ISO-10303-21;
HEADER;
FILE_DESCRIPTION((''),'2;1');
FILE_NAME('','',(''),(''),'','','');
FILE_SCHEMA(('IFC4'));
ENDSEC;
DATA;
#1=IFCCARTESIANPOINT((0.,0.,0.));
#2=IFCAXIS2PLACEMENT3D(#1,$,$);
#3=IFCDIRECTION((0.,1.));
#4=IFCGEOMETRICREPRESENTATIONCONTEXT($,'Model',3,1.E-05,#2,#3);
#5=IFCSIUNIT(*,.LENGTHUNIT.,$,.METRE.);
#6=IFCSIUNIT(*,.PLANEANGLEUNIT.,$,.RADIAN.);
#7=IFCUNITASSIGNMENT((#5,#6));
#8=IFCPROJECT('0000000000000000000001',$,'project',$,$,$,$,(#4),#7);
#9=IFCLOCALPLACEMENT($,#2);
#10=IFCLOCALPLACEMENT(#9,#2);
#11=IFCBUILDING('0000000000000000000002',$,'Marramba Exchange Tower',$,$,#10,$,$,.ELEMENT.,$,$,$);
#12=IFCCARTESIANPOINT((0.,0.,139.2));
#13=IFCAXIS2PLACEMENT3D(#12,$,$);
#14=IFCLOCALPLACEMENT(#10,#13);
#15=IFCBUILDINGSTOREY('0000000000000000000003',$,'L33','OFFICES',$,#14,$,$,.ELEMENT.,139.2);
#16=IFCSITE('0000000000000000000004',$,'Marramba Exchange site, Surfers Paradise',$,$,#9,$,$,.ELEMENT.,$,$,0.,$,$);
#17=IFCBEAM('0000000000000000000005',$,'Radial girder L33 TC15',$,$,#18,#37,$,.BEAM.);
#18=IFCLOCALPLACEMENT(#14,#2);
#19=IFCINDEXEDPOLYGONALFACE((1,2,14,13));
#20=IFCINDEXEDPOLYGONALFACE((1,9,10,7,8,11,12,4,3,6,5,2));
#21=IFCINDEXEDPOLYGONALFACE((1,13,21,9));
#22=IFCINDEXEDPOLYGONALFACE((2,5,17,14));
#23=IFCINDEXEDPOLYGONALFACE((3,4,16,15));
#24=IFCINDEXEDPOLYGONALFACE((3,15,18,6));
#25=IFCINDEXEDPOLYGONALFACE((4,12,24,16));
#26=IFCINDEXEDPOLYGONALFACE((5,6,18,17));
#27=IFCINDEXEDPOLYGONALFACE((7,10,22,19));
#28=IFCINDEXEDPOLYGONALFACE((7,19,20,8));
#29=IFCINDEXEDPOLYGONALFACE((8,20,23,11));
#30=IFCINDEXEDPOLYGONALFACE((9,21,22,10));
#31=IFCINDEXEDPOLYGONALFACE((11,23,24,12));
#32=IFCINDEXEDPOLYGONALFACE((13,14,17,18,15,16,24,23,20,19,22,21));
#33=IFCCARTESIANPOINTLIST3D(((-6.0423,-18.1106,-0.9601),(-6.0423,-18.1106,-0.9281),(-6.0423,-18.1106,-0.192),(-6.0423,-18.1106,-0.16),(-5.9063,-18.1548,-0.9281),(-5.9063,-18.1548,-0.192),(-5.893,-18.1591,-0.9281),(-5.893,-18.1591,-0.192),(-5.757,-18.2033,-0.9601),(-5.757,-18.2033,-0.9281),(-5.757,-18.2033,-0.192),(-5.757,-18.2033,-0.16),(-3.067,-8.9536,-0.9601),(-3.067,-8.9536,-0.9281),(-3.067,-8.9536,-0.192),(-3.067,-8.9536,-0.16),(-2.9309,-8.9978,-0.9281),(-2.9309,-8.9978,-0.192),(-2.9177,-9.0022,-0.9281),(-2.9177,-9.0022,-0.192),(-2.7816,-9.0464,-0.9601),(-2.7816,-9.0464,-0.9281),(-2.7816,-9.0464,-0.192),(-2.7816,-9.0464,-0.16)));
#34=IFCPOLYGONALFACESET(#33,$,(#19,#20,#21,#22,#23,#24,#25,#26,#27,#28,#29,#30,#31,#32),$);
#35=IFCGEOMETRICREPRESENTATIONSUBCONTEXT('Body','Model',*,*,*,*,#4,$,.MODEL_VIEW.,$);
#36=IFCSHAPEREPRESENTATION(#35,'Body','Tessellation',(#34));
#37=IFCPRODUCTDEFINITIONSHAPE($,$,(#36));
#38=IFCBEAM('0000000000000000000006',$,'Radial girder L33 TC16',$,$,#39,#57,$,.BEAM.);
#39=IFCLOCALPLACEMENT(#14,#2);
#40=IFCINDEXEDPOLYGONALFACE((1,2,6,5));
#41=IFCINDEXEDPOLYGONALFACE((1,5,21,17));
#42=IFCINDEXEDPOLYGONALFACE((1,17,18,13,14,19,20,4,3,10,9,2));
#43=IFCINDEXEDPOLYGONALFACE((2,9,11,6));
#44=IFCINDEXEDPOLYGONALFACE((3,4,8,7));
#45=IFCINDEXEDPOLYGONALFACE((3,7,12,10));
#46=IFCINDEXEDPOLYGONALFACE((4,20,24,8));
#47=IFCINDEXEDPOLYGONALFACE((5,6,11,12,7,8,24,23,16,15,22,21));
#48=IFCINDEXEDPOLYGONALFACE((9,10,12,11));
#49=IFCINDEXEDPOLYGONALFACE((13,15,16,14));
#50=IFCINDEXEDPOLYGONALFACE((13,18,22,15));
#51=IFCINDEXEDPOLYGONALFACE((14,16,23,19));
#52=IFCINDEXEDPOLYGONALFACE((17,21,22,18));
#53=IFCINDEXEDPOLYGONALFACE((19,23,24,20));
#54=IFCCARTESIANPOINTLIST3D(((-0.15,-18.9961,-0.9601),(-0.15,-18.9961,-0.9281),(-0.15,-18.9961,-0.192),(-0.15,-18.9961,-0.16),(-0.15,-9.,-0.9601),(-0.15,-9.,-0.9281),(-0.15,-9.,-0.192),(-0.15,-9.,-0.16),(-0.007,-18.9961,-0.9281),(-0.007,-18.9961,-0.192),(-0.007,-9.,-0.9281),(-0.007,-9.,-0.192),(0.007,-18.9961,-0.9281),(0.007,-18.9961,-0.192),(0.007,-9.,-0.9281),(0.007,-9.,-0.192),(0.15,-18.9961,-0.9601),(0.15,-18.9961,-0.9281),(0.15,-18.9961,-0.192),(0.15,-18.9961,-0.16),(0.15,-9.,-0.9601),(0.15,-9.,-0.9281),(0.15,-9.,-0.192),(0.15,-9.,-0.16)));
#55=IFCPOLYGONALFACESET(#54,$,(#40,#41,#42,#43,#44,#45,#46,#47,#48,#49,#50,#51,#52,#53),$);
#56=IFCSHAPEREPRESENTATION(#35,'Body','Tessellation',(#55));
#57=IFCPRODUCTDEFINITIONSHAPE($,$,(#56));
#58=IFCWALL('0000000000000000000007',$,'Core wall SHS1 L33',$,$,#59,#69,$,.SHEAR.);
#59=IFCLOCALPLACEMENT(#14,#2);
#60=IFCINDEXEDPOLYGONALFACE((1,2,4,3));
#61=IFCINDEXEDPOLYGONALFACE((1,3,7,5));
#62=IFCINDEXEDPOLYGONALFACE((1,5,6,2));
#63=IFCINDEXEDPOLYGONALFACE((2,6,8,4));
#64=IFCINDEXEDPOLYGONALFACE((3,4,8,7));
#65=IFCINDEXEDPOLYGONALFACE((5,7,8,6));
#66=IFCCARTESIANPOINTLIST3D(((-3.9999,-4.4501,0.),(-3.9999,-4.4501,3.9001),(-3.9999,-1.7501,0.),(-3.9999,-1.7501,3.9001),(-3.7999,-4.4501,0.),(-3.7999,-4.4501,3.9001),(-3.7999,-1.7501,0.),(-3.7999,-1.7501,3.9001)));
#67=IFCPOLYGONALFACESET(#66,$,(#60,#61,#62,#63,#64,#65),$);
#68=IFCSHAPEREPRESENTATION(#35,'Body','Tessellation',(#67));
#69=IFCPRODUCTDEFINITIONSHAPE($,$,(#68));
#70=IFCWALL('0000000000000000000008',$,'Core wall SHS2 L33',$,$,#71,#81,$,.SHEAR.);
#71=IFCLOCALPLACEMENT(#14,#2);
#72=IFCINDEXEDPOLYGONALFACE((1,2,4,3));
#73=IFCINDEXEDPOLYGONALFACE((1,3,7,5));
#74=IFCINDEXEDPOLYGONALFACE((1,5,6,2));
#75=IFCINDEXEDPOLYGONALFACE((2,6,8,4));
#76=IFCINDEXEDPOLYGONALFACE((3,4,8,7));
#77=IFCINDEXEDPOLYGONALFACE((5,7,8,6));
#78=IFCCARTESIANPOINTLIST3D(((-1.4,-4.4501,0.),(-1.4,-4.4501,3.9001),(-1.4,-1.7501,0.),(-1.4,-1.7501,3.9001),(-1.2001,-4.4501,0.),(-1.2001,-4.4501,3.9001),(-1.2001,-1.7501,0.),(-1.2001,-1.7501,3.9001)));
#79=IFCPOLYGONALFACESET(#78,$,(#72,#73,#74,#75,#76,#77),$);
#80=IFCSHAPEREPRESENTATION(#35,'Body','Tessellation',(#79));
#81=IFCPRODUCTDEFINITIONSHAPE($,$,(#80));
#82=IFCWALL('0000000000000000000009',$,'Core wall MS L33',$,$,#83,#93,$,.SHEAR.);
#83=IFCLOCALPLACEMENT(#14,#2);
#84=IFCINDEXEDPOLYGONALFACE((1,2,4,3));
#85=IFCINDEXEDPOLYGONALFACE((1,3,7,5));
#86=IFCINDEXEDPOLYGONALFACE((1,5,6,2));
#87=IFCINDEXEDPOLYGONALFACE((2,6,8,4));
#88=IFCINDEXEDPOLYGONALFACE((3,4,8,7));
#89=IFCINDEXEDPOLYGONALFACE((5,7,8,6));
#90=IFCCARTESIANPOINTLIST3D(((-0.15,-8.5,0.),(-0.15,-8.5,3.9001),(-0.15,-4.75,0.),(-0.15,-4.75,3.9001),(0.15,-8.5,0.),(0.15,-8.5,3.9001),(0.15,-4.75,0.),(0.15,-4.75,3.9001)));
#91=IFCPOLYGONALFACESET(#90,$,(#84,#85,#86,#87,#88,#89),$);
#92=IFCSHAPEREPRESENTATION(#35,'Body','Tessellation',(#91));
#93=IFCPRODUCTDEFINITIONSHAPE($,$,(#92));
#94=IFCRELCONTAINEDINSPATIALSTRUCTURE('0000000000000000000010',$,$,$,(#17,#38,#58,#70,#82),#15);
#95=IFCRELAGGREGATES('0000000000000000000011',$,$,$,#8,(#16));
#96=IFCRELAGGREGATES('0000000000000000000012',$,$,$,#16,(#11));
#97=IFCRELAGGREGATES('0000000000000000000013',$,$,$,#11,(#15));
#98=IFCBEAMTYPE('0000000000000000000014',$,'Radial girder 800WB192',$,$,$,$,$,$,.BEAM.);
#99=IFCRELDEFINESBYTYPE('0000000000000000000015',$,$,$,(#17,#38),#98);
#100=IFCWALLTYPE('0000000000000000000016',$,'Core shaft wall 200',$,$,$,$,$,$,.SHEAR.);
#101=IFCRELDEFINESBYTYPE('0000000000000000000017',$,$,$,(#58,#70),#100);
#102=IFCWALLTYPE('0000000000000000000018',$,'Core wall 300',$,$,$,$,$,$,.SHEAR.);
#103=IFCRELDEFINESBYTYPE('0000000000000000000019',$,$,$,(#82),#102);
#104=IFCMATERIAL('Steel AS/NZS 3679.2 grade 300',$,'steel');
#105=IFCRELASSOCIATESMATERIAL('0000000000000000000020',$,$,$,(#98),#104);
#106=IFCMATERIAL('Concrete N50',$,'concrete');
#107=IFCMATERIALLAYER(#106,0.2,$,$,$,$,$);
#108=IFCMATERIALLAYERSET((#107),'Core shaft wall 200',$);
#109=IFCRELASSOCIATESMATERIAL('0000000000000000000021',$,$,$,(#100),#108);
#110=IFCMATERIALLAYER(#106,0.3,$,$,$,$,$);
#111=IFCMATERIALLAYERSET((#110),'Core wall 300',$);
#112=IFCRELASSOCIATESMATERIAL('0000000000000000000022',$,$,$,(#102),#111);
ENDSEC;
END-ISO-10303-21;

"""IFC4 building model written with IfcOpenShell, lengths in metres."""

from ifc_helpers import new_model, si_unit, direction, frame, frame_2d, origin, origin_2d, place, context, subcontext, project, spatial, rectangle, i_section, extrude, material, layer, layer_set, material_profile, profile_set, type_object, element, save


model = new_model("IFC4")

# Units and contexts
model_context = context("Model", 3, precision=1e-05, world=origin(), true_north=direction((0.0, 1.0)))
body_context = subcontext(model_context, "Body", "Model", "MODEL_VIEW")
ifc_project = project(units=[si_unit("LENGTHUNIT", "METRE"), si_unit("PLANEANGLEUNIT", "RADIAN")], contexts=[model_context])

# Site, building, storey
site_placement = place(None, origin())
site = spatial("IfcSite", under=ifc_project, at=site_placement, Name="Marramba Exchange site, Surfers Paradise", CompositionType="ELEMENT", RefElevation=0.0)
building_placement = place(site_placement, origin())
building = spatial("IfcBuilding", under=site, at=building_placement, Name="Marramba Exchange Tower", CompositionType="ELEMENT")
storey_placement = place(building_placement, frame((0.0, 0.0, 139.2)))
storey = spatial("IfcBuildingStorey", under=building, at=storey_placement, Name="L33", Description="OFFICES", CompositionType="ELEMENT", Elevation=139.2)

# Beams
ifc_material_1 = material(Name="Steel AS/NZS 3679.2 grade 300", Category="steel")
ifc_material_profile = material_profile(ifc_material_1, i_section(OverallWidth=0.3, OverallDepth=0.8, WebThickness=0.0139, FlangeThickness=0.032, at=origin_2d()), Name="800WB192")
ifc_profile_set = profile_set([ifc_material_profile], Name="Steel AS/NZS 3679.2 grade 300")
beam_type = type_object("IfcBeamType", Name="Radial girder 800WB192", PredefinedType="BEAM", material=ifc_profile_set)
beam_1_placement = place(storey_placement, frame((-2.9243, -9.0, -0.5601), z_axis=(-0.309022, -0.951055, 0.0), x_axis=(0.951055, -0.309022, 0.0)))
element("IfcBeam", 1, at=beam_1_placement, inside=storey, type_object=beam_type, Name="Radial girder L33 TC15", PredefinedType="BEAM", context=body_context, shape_type="SweptSolid", body=[
    extrude(i_section(OverallWidth=0.3, OverallDepth=0.8, WebThickness=0.0139, FlangeThickness=0.032, at=origin_2d()), origin(), (0.0, 0.0, 1.0), 9.6282),
])
beam_2_placement = place(storey_placement, frame((0.0, -9.0, -0.5601), z_axis=(0.0, -1.0, 0.0), x_axis=(1.0, 0.0, 0.0)))
element("IfcBeam", 2, at=beam_2_placement, inside=storey, type_object=beam_type, Name="Radial girder L33 TC16", PredefinedType="BEAM", context=body_context, shape_type="SweptSolid", body=[
    extrude(i_section(OverallWidth=0.3, OverallDepth=0.8, WebThickness=0.0139, FlangeThickness=0.032, at=origin_2d()), origin(), (0.0, 0.0, 1.0), 9.9961),
])

# Walls
ifc_material_2 = material(Name="Concrete N50", Category="concrete")
ifc_layer_1 = layer(ifc_material_2, 0.2)
ifc_layer_set_1 = layer_set([ifc_layer_1], Name="Core shaft wall 200")
wall_type_1 = type_object("IfcWallType", Name="Core shaft wall 200", PredefinedType="SHEAR", material=ifc_layer_set_1)
for number, where, z_axis, x_axis, name in (
    (3, (-3.8999, -1.75, 0.0), (0.0, 0.0, 1.0), (0.0, -1.0, 0.0), "Core wall SHS1 L33"),
    (4, (-1.3, -1.75, 0.0), (0.0, 0.0, 1.0), (0.0, -1.0, 0.0), "Core wall SHS2 L33"),
):
    element("IfcWall", number, at=place(storey_placement, frame(where, z_axis=z_axis, x_axis=x_axis)), inside=storey, type_object=wall_type_1, Name=name, PredefinedType="SHEAR", context=body_context, shape_type="SweptSolid", body=[
        extrude(rectangle(XDim=2.7, YDim=0.2, at=frame_2d((1.3501, 0.0))), origin(), (0.0, 0.0, 1.0), 3.9001),
    ])
ifc_layer_2 = layer(ifc_material_2, 0.3)
ifc_layer_set_2 = layer_set([ifc_layer_2], Name="Core wall 300")
wall_type_2 = type_object("IfcWallType", Name="Core wall 300", PredefinedType="SHEAR", material=ifc_layer_set_2)
wall_placement = place(storey_placement, frame((0.0, -4.75, 0.0), z_axis=(0.0, 0.0, 1.0), x_axis=(0.0, -1.0, 0.0)))
element("IfcWall", 5, at=wall_placement, inside=storey, type_object=wall_type_2, Name="Core wall MS L33", PredefinedType="SHEAR", context=body_context, shape_type="SweptSolid", body=[
    extrude(rectangle(XDim=3.75, YDim=0.3, at=frame_2d((1.875, 0.0))), origin(), (0.0, 0.0, 1.0), 3.9001),
])

save(model, "model.ifc")
